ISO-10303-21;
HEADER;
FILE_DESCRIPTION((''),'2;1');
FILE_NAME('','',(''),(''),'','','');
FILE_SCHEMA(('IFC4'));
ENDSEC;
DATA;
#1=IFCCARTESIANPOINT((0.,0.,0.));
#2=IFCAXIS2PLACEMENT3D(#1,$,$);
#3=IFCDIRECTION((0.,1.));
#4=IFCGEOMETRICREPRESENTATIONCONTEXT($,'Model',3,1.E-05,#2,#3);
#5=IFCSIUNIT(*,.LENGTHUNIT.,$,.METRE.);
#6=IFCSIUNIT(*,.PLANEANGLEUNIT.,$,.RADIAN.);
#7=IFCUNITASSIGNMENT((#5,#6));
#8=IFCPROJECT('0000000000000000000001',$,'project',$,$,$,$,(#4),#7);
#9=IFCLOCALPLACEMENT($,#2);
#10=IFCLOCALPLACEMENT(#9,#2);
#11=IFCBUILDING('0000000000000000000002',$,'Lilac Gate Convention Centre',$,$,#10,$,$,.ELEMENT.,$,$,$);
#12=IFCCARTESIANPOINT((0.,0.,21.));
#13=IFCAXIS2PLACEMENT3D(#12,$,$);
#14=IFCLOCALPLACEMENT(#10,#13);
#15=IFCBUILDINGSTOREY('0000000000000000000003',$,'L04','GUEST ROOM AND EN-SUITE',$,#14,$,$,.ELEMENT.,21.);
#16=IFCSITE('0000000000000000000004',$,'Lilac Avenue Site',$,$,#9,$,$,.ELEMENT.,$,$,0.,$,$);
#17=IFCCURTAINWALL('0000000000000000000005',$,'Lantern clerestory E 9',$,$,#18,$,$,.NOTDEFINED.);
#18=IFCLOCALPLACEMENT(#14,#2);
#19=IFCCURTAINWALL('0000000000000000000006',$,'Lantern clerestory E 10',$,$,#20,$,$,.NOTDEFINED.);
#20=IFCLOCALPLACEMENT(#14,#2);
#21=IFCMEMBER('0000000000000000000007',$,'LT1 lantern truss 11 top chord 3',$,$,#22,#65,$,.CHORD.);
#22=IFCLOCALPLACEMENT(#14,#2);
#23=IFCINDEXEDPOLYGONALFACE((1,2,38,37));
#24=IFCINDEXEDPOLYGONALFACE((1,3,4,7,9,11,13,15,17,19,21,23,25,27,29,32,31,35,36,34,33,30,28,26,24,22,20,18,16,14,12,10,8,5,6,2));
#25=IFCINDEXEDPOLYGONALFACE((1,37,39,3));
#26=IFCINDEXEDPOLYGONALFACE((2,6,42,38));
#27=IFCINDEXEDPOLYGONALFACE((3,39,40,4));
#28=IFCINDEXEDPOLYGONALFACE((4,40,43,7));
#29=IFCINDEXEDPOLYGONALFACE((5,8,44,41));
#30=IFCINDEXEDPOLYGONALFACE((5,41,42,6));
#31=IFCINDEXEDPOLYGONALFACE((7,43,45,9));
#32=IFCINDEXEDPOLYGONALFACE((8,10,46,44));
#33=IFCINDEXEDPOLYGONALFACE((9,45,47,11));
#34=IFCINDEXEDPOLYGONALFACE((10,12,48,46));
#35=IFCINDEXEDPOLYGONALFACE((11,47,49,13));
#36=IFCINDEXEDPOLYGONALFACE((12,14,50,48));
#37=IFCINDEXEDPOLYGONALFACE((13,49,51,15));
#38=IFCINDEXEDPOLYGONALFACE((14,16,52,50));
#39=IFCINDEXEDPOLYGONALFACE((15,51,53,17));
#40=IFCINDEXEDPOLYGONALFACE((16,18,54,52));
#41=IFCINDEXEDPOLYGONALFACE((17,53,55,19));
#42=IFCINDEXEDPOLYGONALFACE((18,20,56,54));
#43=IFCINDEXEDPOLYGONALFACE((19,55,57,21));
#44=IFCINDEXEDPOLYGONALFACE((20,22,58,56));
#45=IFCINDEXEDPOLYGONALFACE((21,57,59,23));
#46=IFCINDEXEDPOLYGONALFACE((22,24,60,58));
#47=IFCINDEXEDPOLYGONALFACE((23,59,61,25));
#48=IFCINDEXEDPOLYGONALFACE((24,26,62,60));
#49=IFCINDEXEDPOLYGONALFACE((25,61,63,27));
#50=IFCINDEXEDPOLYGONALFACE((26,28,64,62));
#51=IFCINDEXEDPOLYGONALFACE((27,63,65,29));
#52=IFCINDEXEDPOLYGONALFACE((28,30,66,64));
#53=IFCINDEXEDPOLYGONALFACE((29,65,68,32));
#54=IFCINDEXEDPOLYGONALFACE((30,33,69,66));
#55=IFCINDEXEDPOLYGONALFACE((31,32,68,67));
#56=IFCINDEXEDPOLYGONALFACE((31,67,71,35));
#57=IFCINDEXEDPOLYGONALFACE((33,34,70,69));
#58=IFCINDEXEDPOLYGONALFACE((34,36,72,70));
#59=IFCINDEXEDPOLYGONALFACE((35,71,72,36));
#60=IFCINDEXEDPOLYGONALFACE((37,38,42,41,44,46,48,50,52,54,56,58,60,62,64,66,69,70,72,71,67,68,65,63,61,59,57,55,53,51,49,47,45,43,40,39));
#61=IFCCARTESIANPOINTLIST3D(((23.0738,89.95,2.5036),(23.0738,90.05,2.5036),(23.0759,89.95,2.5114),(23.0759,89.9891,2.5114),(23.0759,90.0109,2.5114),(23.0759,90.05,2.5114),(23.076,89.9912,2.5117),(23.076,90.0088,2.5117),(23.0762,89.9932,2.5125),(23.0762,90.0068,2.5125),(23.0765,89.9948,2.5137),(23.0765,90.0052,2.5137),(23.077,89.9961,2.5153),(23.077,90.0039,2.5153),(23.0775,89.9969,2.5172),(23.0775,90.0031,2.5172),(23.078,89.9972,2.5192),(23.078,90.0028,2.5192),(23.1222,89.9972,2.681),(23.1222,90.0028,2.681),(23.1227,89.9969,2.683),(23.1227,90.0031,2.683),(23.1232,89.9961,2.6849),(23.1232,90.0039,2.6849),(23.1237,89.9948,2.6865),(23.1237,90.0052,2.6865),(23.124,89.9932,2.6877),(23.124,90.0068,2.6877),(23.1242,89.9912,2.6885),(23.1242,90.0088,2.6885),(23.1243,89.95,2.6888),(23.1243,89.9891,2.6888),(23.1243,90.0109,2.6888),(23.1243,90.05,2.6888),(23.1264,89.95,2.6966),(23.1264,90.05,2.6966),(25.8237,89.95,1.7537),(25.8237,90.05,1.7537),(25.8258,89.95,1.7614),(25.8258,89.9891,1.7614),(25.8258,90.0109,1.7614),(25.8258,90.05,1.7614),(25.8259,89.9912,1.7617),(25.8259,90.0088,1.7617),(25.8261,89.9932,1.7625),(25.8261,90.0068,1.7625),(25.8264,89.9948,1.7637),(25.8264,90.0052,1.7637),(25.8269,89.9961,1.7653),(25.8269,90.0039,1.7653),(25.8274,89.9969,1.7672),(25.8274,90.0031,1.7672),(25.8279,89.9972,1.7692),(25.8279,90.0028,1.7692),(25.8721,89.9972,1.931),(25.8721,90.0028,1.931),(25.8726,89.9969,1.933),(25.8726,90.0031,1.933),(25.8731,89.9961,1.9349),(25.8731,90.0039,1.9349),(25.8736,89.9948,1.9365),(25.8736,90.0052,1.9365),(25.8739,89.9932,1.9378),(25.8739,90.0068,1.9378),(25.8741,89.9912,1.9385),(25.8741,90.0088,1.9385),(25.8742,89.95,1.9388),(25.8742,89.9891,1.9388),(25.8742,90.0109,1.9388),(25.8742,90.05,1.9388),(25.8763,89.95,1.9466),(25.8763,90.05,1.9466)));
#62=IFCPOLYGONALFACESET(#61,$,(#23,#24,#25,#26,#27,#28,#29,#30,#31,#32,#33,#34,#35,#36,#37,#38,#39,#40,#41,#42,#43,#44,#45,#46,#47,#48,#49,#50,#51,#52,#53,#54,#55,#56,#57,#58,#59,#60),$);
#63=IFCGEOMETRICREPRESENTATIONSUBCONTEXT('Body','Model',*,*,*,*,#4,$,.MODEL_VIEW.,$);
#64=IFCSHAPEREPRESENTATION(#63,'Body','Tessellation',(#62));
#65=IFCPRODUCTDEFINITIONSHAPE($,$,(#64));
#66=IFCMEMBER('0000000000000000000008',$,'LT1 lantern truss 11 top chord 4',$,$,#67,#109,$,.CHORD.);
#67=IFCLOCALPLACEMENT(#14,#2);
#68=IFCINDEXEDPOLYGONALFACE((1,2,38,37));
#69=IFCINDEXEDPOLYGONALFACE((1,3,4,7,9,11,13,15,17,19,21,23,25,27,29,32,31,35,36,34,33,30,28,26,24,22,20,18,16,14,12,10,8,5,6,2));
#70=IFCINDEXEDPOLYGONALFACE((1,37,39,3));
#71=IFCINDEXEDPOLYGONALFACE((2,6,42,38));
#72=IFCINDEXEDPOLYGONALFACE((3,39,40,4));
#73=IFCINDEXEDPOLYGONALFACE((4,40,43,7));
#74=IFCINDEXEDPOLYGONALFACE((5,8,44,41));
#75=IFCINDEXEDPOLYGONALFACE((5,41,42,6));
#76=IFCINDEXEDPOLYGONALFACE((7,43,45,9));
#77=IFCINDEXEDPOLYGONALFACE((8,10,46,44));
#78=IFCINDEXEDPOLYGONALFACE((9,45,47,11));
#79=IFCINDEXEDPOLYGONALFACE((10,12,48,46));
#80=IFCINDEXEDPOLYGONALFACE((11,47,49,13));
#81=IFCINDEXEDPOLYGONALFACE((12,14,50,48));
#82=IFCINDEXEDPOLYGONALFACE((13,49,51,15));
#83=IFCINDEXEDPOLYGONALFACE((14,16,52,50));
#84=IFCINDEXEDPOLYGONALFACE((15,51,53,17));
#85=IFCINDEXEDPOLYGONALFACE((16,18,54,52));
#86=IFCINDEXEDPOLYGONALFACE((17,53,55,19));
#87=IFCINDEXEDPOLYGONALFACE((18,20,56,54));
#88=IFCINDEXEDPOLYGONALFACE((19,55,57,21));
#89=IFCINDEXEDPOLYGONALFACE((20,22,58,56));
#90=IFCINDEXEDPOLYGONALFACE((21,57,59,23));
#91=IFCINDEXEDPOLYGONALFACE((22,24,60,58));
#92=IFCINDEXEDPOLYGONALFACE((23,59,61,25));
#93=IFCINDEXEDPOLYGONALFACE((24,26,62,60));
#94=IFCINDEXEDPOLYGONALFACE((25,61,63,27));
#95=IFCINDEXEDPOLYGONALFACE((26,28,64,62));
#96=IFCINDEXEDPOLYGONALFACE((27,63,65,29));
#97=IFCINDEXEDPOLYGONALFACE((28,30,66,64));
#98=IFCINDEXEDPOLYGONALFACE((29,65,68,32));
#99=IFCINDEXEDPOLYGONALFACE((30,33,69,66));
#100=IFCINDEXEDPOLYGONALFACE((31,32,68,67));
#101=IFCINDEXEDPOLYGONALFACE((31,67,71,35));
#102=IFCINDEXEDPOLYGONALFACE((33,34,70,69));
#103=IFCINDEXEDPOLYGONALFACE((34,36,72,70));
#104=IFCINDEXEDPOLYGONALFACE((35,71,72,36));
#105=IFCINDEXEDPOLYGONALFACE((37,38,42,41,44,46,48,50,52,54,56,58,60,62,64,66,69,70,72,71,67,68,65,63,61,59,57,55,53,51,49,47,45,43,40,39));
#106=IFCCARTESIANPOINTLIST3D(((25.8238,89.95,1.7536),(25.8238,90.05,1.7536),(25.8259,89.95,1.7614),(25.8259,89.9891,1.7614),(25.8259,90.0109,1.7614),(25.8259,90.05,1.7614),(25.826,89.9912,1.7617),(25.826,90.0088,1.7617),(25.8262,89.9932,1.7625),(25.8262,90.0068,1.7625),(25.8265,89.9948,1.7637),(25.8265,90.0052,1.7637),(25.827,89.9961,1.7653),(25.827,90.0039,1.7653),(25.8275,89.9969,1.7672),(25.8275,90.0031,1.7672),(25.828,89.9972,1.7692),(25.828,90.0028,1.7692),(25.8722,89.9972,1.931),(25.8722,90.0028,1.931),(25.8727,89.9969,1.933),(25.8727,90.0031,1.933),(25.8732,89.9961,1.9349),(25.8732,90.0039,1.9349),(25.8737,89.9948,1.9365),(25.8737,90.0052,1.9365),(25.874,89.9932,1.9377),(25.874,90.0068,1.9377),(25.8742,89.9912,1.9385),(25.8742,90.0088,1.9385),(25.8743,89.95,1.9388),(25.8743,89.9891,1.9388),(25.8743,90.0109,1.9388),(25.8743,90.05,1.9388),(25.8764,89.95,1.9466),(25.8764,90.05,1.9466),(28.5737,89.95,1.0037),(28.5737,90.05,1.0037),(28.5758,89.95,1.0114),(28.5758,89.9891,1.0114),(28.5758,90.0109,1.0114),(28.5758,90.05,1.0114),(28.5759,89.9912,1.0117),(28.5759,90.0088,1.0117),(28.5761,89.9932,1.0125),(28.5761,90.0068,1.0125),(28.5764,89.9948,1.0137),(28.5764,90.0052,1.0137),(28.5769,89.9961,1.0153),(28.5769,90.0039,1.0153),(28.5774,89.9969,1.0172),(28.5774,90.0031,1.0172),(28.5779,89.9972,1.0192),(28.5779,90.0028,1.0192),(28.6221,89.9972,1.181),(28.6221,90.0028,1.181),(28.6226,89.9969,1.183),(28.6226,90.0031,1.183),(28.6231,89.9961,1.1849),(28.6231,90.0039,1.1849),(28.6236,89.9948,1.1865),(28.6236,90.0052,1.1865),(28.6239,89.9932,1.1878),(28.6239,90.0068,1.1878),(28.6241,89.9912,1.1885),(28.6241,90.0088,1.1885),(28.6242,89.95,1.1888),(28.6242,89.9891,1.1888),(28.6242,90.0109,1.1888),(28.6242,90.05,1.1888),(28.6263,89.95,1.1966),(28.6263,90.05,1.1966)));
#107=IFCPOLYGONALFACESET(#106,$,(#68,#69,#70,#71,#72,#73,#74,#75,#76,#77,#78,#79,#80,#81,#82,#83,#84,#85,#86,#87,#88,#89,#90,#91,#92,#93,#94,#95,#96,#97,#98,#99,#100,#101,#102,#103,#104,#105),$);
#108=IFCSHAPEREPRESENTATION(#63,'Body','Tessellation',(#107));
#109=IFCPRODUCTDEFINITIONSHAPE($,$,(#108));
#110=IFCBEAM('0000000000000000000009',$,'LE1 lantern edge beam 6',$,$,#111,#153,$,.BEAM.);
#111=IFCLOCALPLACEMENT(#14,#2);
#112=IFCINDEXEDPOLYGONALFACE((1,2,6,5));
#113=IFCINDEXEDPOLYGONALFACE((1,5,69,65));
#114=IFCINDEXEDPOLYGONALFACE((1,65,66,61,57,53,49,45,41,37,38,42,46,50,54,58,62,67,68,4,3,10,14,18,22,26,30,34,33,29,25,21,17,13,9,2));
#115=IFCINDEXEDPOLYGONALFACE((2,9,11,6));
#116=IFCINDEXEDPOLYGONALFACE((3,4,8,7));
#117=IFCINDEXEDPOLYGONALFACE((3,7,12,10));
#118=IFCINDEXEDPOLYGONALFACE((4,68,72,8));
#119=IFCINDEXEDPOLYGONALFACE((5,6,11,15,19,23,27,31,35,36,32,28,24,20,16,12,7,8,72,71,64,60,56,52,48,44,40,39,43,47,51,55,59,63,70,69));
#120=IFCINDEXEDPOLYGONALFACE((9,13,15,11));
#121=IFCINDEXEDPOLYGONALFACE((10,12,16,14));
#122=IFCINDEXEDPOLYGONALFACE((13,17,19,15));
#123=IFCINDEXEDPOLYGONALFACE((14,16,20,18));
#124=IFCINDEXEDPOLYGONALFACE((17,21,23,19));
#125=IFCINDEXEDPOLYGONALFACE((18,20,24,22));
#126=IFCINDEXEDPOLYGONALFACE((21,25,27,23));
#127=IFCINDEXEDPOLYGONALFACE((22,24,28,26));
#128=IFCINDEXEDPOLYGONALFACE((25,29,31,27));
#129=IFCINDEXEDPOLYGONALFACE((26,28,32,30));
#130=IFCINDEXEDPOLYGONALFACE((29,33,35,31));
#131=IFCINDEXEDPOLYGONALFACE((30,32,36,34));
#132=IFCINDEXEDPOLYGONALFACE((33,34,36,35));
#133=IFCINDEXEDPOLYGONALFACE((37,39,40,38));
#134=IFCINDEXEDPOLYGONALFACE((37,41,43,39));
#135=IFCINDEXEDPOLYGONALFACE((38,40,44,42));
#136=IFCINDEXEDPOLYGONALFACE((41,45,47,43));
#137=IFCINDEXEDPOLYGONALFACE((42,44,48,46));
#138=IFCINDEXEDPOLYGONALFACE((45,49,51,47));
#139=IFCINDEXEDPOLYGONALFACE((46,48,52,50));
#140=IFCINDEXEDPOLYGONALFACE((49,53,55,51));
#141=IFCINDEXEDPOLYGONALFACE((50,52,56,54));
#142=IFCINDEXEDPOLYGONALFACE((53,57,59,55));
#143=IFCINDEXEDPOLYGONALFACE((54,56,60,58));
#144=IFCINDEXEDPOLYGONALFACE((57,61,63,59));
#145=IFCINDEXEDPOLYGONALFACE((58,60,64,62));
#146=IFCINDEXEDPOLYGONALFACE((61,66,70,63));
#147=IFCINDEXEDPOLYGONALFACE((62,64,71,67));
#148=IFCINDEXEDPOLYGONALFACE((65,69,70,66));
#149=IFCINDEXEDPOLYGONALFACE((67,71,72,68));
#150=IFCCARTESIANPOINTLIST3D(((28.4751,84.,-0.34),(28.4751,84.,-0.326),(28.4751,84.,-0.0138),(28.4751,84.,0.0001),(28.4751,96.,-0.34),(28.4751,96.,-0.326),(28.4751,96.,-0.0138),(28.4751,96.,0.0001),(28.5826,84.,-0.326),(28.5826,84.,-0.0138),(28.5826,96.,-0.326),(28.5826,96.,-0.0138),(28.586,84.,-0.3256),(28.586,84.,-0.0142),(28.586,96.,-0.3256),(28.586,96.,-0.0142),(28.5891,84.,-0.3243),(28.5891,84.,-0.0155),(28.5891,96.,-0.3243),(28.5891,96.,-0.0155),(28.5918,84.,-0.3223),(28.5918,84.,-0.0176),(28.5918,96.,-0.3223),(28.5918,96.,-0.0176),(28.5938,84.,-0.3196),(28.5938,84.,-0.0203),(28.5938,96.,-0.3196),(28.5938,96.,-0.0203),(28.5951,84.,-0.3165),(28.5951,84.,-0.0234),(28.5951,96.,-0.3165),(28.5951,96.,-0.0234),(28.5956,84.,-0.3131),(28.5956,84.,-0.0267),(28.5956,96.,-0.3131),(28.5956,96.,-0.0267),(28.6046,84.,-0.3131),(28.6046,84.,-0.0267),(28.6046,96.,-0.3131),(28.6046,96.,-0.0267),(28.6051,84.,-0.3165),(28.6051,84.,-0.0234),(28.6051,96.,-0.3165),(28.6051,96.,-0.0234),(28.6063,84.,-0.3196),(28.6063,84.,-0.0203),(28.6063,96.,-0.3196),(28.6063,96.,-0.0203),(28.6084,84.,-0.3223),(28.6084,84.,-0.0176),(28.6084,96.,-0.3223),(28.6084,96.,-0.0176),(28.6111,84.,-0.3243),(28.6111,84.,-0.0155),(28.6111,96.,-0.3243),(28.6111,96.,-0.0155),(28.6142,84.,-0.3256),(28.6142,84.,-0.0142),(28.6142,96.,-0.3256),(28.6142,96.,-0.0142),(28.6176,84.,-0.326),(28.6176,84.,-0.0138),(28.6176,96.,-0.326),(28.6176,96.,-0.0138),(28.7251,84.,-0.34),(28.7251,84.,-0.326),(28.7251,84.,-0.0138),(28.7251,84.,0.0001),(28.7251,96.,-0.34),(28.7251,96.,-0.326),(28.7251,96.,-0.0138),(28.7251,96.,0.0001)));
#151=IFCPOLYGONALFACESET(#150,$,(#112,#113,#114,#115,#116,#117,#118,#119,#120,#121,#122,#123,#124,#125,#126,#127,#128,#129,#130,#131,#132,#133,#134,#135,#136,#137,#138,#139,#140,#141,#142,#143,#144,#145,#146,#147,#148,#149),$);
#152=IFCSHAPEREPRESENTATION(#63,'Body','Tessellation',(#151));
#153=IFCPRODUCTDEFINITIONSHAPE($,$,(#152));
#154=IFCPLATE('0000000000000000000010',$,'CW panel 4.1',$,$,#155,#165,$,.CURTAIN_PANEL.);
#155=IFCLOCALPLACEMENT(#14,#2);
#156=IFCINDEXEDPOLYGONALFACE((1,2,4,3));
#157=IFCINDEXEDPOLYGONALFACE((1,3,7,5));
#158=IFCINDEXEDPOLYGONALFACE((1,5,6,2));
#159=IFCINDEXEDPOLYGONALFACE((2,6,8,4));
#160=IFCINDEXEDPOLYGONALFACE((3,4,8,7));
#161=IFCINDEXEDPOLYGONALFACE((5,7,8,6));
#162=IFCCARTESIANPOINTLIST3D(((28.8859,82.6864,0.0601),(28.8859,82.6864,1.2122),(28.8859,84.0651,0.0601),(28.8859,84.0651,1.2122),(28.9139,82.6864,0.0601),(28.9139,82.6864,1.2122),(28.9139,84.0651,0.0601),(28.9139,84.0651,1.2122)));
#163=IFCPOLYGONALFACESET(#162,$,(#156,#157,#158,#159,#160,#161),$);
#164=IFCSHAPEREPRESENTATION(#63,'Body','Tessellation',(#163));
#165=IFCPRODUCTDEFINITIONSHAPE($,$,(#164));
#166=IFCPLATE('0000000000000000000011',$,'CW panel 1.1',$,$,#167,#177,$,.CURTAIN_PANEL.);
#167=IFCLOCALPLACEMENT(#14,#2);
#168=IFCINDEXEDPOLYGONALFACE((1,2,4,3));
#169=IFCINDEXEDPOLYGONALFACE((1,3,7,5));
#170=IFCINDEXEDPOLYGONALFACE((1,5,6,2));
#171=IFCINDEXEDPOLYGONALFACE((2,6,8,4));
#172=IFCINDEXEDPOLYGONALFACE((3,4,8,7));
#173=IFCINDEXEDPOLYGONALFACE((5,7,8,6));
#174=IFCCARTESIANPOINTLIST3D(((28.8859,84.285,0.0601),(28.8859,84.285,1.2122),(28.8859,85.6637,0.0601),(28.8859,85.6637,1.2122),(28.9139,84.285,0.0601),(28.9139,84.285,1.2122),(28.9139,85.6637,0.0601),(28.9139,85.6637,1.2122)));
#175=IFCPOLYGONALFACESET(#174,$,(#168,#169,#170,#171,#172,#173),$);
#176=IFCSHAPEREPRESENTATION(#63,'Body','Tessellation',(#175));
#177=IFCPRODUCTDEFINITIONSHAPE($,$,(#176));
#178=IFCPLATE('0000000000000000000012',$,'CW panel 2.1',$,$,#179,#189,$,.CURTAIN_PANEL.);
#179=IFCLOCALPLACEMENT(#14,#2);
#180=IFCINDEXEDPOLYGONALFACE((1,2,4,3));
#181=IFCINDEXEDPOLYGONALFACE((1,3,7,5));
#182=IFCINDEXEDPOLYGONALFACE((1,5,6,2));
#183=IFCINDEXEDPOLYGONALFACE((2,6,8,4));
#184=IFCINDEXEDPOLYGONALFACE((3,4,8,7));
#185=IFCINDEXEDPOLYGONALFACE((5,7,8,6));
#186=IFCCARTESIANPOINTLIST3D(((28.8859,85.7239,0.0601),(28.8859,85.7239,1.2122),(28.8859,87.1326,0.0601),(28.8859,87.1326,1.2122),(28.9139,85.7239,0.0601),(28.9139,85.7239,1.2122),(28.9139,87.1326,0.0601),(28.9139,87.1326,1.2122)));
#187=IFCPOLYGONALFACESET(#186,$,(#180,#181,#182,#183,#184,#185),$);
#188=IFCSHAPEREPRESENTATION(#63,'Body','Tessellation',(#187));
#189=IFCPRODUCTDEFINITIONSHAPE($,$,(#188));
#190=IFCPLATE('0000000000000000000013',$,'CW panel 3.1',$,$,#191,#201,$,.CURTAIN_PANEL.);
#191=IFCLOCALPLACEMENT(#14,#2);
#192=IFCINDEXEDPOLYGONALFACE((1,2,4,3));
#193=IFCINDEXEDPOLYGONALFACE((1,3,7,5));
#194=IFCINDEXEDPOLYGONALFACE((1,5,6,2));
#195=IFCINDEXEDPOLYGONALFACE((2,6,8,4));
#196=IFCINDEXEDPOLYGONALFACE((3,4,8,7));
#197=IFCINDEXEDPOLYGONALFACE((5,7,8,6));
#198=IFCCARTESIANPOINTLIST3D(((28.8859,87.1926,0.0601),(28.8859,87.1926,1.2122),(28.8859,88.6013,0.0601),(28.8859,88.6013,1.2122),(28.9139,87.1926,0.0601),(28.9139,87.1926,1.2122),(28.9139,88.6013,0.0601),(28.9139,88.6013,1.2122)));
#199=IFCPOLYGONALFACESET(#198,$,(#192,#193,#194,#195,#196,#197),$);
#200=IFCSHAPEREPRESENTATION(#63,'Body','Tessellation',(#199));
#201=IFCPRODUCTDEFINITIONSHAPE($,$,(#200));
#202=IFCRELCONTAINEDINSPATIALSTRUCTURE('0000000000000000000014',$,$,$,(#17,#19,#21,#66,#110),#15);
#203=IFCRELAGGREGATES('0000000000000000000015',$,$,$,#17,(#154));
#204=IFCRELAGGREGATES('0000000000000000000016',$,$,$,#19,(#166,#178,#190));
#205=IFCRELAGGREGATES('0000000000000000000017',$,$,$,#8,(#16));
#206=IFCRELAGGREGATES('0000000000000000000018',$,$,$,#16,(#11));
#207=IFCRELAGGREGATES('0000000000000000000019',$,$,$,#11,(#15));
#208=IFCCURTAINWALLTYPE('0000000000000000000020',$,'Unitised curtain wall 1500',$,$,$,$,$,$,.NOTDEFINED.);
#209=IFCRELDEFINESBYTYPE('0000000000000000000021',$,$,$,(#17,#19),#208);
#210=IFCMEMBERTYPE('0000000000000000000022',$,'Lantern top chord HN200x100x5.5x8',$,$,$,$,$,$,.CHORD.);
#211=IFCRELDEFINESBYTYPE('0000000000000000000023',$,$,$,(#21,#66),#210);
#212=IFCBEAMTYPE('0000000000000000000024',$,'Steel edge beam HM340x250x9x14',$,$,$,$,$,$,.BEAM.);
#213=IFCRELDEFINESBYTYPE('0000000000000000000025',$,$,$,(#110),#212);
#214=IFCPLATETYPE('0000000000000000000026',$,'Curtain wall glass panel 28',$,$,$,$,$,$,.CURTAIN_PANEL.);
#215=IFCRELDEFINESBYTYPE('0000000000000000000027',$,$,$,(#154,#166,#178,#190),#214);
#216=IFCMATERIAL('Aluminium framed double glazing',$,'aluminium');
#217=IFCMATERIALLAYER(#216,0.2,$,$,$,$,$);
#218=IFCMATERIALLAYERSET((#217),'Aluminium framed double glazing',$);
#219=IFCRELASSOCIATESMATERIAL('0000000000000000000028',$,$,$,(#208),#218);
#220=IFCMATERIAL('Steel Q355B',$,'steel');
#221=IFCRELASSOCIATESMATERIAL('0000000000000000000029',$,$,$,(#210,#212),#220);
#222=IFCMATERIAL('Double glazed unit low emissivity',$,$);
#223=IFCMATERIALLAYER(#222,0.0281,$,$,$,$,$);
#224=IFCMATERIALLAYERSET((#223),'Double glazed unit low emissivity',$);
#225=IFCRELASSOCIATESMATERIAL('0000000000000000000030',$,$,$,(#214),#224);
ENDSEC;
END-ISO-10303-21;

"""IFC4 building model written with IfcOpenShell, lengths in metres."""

from ifc_helpers import new_model, si_unit, direction, frame, origin, origin_2d, place, context, subcontext, project, spatial, rectangle, i_section, extrude, material, layer, layer_set, material_profile, profile_set, type_object, element, aggregate, save


model = new_model("IFC4")

# Units and contexts
model_context = context("Model", 3, precision=1e-05, world=origin(), true_north=direction((0.0, 1.0)))
body_context = subcontext(model_context, "Body", "Model", "MODEL_VIEW")
ifc_project = project(units=[si_unit("LENGTHUNIT", "METRE"), si_unit("PLANEANGLEUNIT", "RADIAN")], contexts=[model_context])

# Site, building, storey
site_placement = place(None, origin())
site = spatial("IfcSite", under=ifc_project, at=site_placement, Name="Lilac Avenue Site", CompositionType="ELEMENT", RefElevation=0.0)
building_placement = place(site_placement, origin())
building = spatial("IfcBuilding", under=site, at=building_placement, Name="Lilac Gate Convention Centre", CompositionType="ELEMENT")
storey_placement = place(building_placement, frame((0.0, 0.0, 21.0)))
storey = spatial("IfcBuildingStorey", under=building, at=storey_placement, Name="L04", Description="GUEST ROOM AND EN-SUITE", CompositionType="ELEMENT", Elevation=21.0)

# Curtain wall
ifc_material_1 = material(Name="Aluminium framed double glazing", Category="aluminium")
ifc_layer_1 = layer(ifc_material_1, 0.2)
ifc_layer_set_1 = layer_set([ifc_layer_1], Name="Aluminium framed double glazing")
curtain_wall_type = type_object("IfcCurtainWallType", Name="Unitised curtain wall 1500", PredefinedType="NOTDEFINED", material=ifc_layer_set_1)
curtain_wall_1_placement = place(storey_placement, origin())
curtain_wall_1 = element("IfcCurtainWall", 1, at=curtain_wall_1_placement, inside=storey, type_object=curtain_wall_type, Name="Lantern clerestory E 9", PredefinedType="NOTDEFINED")

# Curtain wall
curtain_wall_2_placement = place(storey_placement, origin())
curtain_wall_2 = element("IfcCurtainWall", 2, at=curtain_wall_2_placement, inside=storey, type_object=curtain_wall_type, Name="Lantern clerestory E 10", PredefinedType="NOTDEFINED")

# Members
ifc_material_2 = material(Name="Steel Q355B", Category="steel")
ifc_material_profile_1 = material_profile(ifc_material_2, i_section(OverallWidth=0.1001, OverallDepth=0.2, WebThickness=0.0056, FlangeThickness=0.0081, FilletRadius=0.0081, at=origin_2d()), Name="HN200x100x5.5x8")
ifc_profile_set_1 = profile_set([ifc_material_profile_1], Name="Steel Q355B")
member_type_1 = type_object("IfcMemberType", Name="Lantern top chord HN200x100x5.5x8", PredefinedType="CHORD", material=ifc_profile_set_1)
for number, where, z_axis, x_axis, name in (
    (3, (23.1001, 90.0, 2.6001), (0.964764, 0.0, -0.263117), (0.0, 1.0, 0.0), "LT1 lantern truss 11 top chord 3"),
    (4, (25.8501, 90.0, 1.8501), (0.964764, 0.0, -0.263117), (0.0, 1.0, 0.0), "LT1 lantern truss 11 top chord 4"),
):
    element("IfcMember", number, at=place(storey_placement, frame(where, z_axis=z_axis, x_axis=x_axis)), inside=storey, type_object=member_type_1, Name=name, PredefinedType="CHORD", context=body_context, shape_type="SweptSolid", body=[
        extrude(i_section(OverallWidth=0.1001, OverallDepth=0.2, WebThickness=0.0056, FlangeThickness=0.0081, FilletRadius=0.0081, at=origin_2d()), origin(), (0.0, 0.0, 1.0), 2.8503),
    ])

# Beam
ifc_material_profile_2 = material_profile(ifc_material_2, i_section(OverallWidth=0.25, OverallDepth=0.3401, WebThickness=0.009, FlangeThickness=0.0139, FilletRadius=0.0129, at=origin_2d()), Name="HM340x250x9x14")
ifc_profile_set_2 = profile_set([ifc_material_profile_2], Name="Steel Q355B")
beam_type = type_object("IfcBeamType", Name="Steel edge beam HM340x250x9x14", PredefinedType="BEAM", material=ifc_profile_set_2)
beam_placement = place(storey_placement, frame((28.6001, 84.0, -0.1699), z_axis=(0.0, 1.0, 0.0), x_axis=(-1.0, 0.0, 0.0)))
element("IfcBeam", 5, at=beam_placement, inside=storey, type_object=beam_type, Name="LE1 lantern edge beam 6", PredefinedType="BEAM", context=body_context, shape_type="SweptSolid", body=[
    extrude(i_section(OverallWidth=0.25, OverallDepth=0.3401, WebThickness=0.009, FlangeThickness=0.0139, FilletRadius=0.0129, at=origin_2d()), origin(), (0.0, 0.0, 1.0), 12.0),
])

# Plates
ifc_material_3 = material(Name="Double glazed unit low emissivity")
ifc_layer_2 = layer(ifc_material_3, 0.0281)
ifc_layer_set_2 = layer_set([ifc_layer_2], Name="Double glazed unit low emissivity")
plate_type = type_object("IfcPlateType", Name="Curtain wall glass panel 28", PredefinedType="CURTAIN_PANEL", material=ifc_layer_set_2)
plate_1_placement = place(storey_placement, frame((28.8999, 83.3757, 0.0601), z_axis=(0.0, 0.0, 1.0), x_axis=(0.0, 1.0, 0.0)))
plate_1 = element("IfcPlate", 6, at=plate_1_placement, type_object=plate_type, Name="CW panel 4.1", PredefinedType="CURTAIN_PANEL", context=body_context, shape_type="SweptSolid", body=[
    extrude(rectangle(XDim=1.3787, YDim=0.0281, at=origin_2d()), origin(), (0.0, 0.0, 1.0), 1.1521),
])
aggregate(curtain_wall_1, [plate_1])
plate_2_placement = place(storey_placement, frame((28.8999, 84.9744, 0.0601), z_axis=(0.0, 0.0, 1.0), x_axis=(0.0, 1.0, 0.0)))
plate_2 = element("IfcPlate", 7, at=plate_2_placement, type_object=plate_type, Name="CW panel 1.1", PredefinedType="CURTAIN_PANEL", context=body_context, shape_type="SweptSolid", body=[
    extrude(rectangle(XDim=1.3787, YDim=0.0281, at=origin_2d()), origin(), (0.0, 0.0, 1.0), 1.1521),
])
plate_3_placement = place(storey_placement, frame((28.8999, 86.4282, 0.0601), z_axis=(0.0, 0.0, 1.0), x_axis=(0.0, 1.0, 0.0)))
plate_3 = element("IfcPlate", 8, at=plate_3_placement, type_object=plate_type, Name="CW panel 2.1", PredefinedType="CURTAIN_PANEL", context=body_context, shape_type="SweptSolid", body=[
    extrude(rectangle(XDim=1.4087, YDim=0.0281, at=origin_2d()), origin(), (0.0, 0.0, 1.0), 1.1521),
])
plate_4_placement = place(storey_placement, frame((28.8999, 87.897, 0.0601), z_axis=(0.0, 0.0, 1.0), x_axis=(0.0, 1.0, 0.0)))
plate_4 = element("IfcPlate", 9, at=plate_4_placement, type_object=plate_type, Name="CW panel 3.1", PredefinedType="CURTAIN_PANEL", context=body_context, shape_type="SweptSolid", body=[
    extrude(rectangle(XDim=1.4087, YDim=0.0281, at=origin_2d()), origin(), (0.0, 0.0, 1.0), 1.1521),
])
aggregate(curtain_wall_2, [plate_2, plate_3, plate_4])

save(model, "model.ifc")
